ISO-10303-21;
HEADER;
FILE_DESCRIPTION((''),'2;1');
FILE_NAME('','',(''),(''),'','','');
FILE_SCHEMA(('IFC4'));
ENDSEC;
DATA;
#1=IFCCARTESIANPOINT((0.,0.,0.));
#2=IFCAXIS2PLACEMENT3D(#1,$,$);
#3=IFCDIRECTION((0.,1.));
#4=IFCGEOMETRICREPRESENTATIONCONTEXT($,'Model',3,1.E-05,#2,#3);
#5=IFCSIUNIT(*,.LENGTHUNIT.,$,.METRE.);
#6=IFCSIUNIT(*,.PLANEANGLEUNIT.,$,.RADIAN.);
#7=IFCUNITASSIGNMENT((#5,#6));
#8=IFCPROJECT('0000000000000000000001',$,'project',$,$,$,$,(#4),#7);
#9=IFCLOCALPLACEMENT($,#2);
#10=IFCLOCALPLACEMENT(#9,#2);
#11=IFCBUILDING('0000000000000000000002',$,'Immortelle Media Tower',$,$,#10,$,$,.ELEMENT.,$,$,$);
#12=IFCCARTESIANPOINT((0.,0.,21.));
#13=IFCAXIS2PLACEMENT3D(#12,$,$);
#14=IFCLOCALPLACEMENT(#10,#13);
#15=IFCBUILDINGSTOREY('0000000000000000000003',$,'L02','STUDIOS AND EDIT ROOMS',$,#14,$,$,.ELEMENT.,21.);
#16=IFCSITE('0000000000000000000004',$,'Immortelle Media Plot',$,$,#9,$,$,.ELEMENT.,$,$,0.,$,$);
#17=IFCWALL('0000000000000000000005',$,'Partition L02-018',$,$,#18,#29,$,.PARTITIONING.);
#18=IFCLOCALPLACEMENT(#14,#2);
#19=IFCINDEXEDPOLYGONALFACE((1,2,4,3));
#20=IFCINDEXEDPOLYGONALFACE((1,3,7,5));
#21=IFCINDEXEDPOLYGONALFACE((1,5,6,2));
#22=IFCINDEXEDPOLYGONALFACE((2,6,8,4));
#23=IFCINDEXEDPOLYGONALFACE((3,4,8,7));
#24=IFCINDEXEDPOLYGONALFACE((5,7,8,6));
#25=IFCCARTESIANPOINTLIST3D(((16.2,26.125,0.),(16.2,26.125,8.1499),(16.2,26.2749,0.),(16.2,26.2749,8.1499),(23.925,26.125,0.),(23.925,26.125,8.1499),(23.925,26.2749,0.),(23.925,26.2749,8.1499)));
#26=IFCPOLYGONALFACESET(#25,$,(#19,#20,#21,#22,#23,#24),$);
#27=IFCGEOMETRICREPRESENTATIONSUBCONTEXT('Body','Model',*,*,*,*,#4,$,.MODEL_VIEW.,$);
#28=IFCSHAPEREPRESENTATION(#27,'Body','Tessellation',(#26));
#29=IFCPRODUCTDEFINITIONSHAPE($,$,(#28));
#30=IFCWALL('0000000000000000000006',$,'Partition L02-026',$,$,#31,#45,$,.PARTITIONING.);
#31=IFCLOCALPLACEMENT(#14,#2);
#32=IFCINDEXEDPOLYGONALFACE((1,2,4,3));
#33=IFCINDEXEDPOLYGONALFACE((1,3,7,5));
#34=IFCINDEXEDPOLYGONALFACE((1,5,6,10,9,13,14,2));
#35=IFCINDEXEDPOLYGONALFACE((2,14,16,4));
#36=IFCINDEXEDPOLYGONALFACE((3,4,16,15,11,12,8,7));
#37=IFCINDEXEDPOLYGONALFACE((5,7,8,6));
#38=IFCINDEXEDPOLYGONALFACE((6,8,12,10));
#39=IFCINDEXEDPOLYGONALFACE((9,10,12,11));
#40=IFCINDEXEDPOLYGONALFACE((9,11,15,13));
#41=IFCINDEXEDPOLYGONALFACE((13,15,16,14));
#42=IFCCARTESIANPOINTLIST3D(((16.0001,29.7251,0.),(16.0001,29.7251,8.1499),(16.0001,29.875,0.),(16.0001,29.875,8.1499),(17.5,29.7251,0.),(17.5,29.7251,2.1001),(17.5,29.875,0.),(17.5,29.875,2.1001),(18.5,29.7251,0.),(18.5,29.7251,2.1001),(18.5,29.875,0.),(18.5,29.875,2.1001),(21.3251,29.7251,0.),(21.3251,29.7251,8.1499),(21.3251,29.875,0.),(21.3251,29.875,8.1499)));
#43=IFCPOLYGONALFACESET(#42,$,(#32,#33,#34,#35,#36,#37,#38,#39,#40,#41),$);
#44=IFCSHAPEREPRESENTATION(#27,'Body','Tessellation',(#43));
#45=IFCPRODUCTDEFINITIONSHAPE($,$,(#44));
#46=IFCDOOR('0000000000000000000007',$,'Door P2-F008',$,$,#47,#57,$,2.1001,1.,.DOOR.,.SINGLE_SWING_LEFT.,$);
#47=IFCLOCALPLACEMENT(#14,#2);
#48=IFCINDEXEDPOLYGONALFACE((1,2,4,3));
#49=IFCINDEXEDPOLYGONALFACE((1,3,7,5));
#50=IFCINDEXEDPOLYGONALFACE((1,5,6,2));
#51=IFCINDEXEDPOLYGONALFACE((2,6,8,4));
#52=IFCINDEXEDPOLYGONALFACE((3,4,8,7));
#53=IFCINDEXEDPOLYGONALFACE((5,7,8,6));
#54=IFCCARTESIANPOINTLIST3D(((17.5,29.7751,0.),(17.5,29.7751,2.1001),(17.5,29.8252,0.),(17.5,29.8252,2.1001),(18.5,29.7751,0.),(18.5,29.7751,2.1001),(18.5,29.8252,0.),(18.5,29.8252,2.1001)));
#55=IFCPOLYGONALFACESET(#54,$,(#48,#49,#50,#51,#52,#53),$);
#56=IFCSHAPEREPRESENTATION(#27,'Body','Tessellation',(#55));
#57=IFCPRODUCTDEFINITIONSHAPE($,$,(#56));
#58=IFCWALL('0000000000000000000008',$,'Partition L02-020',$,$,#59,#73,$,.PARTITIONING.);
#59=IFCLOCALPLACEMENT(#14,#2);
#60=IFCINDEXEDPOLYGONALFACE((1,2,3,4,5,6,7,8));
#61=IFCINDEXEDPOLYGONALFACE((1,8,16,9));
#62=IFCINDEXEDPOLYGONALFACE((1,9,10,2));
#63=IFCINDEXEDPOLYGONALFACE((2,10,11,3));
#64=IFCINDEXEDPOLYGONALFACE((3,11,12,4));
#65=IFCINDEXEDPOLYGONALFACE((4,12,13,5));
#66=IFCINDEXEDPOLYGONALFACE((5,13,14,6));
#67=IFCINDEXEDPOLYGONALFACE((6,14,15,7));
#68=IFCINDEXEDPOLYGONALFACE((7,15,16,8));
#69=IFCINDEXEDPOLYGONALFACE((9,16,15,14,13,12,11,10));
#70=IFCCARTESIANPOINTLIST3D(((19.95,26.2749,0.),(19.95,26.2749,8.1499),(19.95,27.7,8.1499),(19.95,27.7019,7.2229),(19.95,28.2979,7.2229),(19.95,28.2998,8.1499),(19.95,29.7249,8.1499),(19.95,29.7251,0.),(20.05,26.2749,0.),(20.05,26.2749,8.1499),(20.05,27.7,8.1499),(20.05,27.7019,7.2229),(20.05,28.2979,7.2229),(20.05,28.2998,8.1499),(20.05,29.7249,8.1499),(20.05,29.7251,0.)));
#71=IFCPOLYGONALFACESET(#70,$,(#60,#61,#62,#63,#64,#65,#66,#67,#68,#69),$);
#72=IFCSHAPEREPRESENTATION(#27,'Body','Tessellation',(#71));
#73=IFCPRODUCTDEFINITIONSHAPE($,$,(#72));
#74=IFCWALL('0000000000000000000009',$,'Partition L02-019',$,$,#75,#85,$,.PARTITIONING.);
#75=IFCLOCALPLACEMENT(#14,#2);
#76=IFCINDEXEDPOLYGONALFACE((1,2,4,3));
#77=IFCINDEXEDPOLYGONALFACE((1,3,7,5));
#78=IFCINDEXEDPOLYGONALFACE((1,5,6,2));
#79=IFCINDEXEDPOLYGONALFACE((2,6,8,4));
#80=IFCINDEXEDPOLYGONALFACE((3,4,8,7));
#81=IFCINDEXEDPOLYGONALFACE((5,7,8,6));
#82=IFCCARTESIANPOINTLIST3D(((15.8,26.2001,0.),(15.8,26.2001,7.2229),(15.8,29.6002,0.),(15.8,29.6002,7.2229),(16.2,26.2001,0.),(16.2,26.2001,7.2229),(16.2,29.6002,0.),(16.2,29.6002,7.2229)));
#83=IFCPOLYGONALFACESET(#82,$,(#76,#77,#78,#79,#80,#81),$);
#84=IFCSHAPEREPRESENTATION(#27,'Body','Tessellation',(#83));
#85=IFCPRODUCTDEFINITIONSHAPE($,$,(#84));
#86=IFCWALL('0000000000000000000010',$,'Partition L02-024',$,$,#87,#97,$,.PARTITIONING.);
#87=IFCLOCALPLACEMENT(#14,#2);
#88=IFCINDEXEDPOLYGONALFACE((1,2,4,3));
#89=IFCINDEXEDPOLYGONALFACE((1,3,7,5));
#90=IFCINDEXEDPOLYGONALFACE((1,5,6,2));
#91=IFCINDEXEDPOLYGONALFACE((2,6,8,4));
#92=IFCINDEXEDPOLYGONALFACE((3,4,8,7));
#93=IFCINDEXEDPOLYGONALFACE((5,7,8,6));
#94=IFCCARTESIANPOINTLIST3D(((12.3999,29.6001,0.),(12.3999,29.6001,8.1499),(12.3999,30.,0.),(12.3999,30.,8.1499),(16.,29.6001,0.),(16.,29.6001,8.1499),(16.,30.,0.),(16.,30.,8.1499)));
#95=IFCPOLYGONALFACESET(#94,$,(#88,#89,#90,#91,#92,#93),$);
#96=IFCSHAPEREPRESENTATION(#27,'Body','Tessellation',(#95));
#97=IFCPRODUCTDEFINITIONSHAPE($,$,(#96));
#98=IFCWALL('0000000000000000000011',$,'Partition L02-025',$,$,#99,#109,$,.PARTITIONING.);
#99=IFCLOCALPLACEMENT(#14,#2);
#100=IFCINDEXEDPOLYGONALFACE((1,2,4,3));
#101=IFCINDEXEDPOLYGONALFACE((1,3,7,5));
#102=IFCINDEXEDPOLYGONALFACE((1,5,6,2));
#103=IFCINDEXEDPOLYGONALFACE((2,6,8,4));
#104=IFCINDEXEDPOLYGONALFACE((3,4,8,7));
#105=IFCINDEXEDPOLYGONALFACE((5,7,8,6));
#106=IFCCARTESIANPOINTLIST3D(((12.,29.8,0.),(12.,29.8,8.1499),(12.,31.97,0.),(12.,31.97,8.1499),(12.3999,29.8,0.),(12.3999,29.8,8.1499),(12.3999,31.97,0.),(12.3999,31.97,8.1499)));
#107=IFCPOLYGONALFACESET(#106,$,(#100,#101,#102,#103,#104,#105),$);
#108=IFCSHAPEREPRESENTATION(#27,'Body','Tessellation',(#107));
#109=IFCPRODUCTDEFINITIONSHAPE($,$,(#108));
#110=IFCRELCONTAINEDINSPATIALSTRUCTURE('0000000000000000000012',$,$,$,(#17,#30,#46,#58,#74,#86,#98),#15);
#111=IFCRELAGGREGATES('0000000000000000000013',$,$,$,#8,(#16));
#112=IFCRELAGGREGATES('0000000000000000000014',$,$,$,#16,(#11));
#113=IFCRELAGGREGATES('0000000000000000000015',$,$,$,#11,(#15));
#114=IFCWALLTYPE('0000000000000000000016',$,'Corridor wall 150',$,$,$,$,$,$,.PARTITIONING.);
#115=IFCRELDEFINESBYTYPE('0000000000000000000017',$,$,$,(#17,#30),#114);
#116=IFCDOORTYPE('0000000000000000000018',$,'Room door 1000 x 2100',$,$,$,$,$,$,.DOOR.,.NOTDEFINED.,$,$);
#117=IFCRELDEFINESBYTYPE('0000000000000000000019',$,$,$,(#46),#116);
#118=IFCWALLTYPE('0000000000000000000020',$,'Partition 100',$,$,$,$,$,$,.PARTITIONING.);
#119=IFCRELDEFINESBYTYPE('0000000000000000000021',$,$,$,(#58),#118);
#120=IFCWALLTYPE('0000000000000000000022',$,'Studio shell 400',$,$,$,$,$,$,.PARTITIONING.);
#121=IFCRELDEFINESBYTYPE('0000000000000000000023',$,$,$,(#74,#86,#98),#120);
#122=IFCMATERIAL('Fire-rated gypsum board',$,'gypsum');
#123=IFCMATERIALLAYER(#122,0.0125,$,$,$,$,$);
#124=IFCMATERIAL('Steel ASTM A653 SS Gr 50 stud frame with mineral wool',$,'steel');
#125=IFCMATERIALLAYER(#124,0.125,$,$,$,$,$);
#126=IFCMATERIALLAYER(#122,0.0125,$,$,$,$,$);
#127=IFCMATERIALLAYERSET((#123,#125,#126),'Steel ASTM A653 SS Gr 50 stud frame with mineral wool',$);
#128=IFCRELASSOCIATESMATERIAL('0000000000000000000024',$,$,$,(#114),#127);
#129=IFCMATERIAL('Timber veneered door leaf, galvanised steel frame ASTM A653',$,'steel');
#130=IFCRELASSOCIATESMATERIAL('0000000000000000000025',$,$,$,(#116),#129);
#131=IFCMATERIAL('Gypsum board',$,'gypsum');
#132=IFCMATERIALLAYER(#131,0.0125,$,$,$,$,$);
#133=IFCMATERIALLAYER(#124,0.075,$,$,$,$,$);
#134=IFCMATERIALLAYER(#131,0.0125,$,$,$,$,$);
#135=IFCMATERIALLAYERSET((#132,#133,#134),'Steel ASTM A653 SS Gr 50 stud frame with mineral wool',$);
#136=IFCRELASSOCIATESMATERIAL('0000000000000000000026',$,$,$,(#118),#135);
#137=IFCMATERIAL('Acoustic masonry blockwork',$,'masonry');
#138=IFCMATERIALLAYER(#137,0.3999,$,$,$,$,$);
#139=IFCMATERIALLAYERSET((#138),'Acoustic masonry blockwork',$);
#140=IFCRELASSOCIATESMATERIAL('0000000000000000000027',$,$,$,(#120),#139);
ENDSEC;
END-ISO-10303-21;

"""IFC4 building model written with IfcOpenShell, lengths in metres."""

from ifc_helpers import new_model, si_unit, direction, frame, frame_2d, origin, place, context, subcontext, project, spatial, polyline, rectangle, outline, extrude, material, layer, layer_set, type_object, element, fill, save


model = new_model("IFC4")

# Units and contexts
model_context = context("Model", 3, precision=1e-05, world=origin(), true_north=direction((0.0, 1.0)))
body_context = subcontext(model_context, "Body", "Model", "MODEL_VIEW")
ifc_project = project(units=[si_unit("LENGTHUNIT", "METRE"), si_unit("PLANEANGLEUNIT", "RADIAN")], contexts=[model_context])

# Site, building, storey
site_placement = place(None, origin())
site = spatial("IfcSite", under=ifc_project, at=site_placement, Name="Immortelle Media Plot", CompositionType="ELEMENT", RefElevation=0.0)
building_placement = place(site_placement, origin())
building = spatial("IfcBuilding", under=site, at=building_placement, Name="Immortelle Media Tower", CompositionType="ELEMENT")
storey_placement = place(building_placement, frame((0.0, 0.0, 21.0)))
storey = spatial("IfcBuildingStorey", under=building, at=storey_placement, Name="L02", Description="STUDIOS AND EDIT ROOMS", CompositionType="ELEMENT", Elevation=21.0)

# Wall
ifc_material_1 = material(Name="Fire-rated gypsum board", Category="gypsum")
ifc_layer_1 = layer(ifc_material_1, 0.0125)
ifc_material_2 = material(Name="Steel ASTM A653 SS Gr 50 stud frame with mineral wool", Category="steel")
ifc_layer_2 = layer(ifc_material_2, 0.125)
ifc_layer_3 = layer(ifc_material_1, 0.0125)
ifc_layer_set_1 = layer_set([ifc_layer_1, ifc_layer_2, ifc_layer_3], Name="Steel ASTM A653 SS Gr 50 stud frame with mineral wool")
wall_type_1 = type_object("IfcWallType", Name="Corridor wall 150", PredefinedType="PARTITIONING", material=ifc_layer_set_1)
wall_1_placement = place(storey_placement, frame((16.2, 26.2, 0.0), z_axis=(0.0, 0.0, 1.0), x_axis=(1.0, 0.0, 0.0)))
element("IfcWall", 1, at=wall_1_placement, inside=storey, type_object=wall_type_1, Name="Partition L02-018", PredefinedType="PARTITIONING", context=body_context, shape_type="SweptSolid", body=[
    extrude(rectangle(XDim=7.7251, YDim=0.1499, at=frame_2d((3.8625, 0.0))), origin(), (0.0, 0.0, 1.0), 8.1499),
])

# Wall, opening, door
wall_2_placement = place(storey_placement, frame((16.0, 29.8, 0.0), z_axis=(0.0, 0.0, 1.0), x_axis=(1.0, 0.0, 0.0)))
wall_2 = element("IfcWall", 2, at=wall_2_placement, inside=storey, type_object=wall_type_1, Name="Partition L02-026", PredefinedType="PARTITIONING", context=body_context, shape_type="SweptSolid", body=[
    extrude(rectangle(XDim=5.325, YDim=0.1499, at=frame_2d((2.6626, 0.0))), origin(), (0.0, 0.0, 1.0), 8.1499),
])
opening_placement = place(wall_2_placement, frame((2.5, 0.0, 0.0), z_axis=(0.0, 0.0, 1.0), x_axis=(-1.0, 0.0, 0.0)))
opening = element("IfcOpeningElement", 3, at=opening_placement, cuts=wall_2, PredefinedType="OPENING", context=body_context, shape_type="SweptSolid", body=[
    extrude(rectangle(XDim=1.0, YDim=2.1001, at=frame_2d((0.5, 1.05))), frame((0.0, 0.085, 0.0), z_axis=(0.0, -1.0, 0.0), x_axis=(1.0, 0.0, 0.0)), (0.0, 0.0, 1.0), 0.1699),
])
ifc_material_3 = material(Name="Timber veneered door leaf, galvanised steel frame ASTM A653", Category="steel")
door_type = type_object("IfcDoorType", Name="Room door 1000 x 2100", OperationType="NOTDEFINED", PredefinedType="DOOR", material=ifc_material_3)
door_placement = place(opening_placement, origin())
door = element("IfcDoor", 4, at=door_placement, inside=storey, type_object=door_type, Name="Door P2-F008", OperationType="SINGLE_SWING_LEFT", OverallHeight=2.1001, OverallWidth=1.0, PredefinedType="DOOR", context=body_context, shape_type="SweptSolid", body=[
    extrude(rectangle(XDim=1.0, YDim=2.1001, at=frame_2d((0.5, 1.05))), frame((0.0, 0.0249, 0.0), z_axis=(0.0, -1.0, 0.0), x_axis=(1.0, 0.0, 0.0)), (0.0, 0.0, 1.0), 0.05),
])
fill(opening, door)

# Walls
ifc_material_4 = material(Name="Gypsum board", Category="gypsum")
ifc_layer_4 = layer(ifc_material_4, 0.0125)
ifc_layer_5 = layer(ifc_material_2, 0.075)
ifc_layer_6 = layer(ifc_material_4, 0.0125)
ifc_layer_set_2 = layer_set([ifc_layer_4, ifc_layer_5, ifc_layer_6], Name="Steel ASTM A653 SS Gr 50 stud frame with mineral wool")
wall_type_2 = type_object("IfcWallType", Name="Partition 100", PredefinedType="PARTITIONING", material=ifc_layer_set_2)
wall_3_placement = place(storey_placement, frame((20.0, 26.2749, 0.0), z_axis=(0.0, 0.0, 1.0), x_axis=(0.0, 1.0, 0.0)))
element("IfcWall", 5, at=wall_3_placement, inside=storey, type_object=wall_type_2, Name="Partition L02-020", PredefinedType="PARTITIONING", context=body_context, shape_type="SweptSolid", body=[
    extrude(outline(polyline([(0.0, 0.0), (3.4502, 0.0), (3.45, 8.1499), (2.0249, 8.1499), (2.0229, 7.2229), (1.427, 7.2229), (1.425, 8.1499), (0.0, 8.1499), (0.0, 0.0)])), frame((0.0, 0.05, 0.0), z_axis=(0.0, -1.0, 0.0), x_axis=(1.0, 0.0, 0.0)), (0.0, 0.0, 1.0), 0.1001),
])
ifc_material_5 = material(Name="Acoustic masonry blockwork", Category="masonry")
ifc_layer_7 = layer(ifc_material_5, 0.3999)
ifc_layer_set_3 = layer_set([ifc_layer_7], Name="Acoustic masonry blockwork")
wall_type_3 = type_object("IfcWallType", Name="Studio shell 400", PredefinedType="PARTITIONING", material=ifc_layer_set_3)
wall_4_placement = place(storey_placement, frame((16.0, 26.2, 0.0), z_axis=(0.0, 0.0, 1.0), x_axis=(0.0, 1.0, 0.0)))
element("IfcWall", 6, at=wall_4_placement, inside=storey, type_object=wall_type_3, Name="Partition L02-019", PredefinedType="PARTITIONING", context=body_context, shape_type="SweptSolid", body=[
    extrude(rectangle(XDim=3.4001, YDim=0.3999, at=frame_2d((1.7002, 0.0))), origin(), (0.0, 0.0, 1.0), 7.2229),
])
wall_5_placement = place(storey_placement, frame((12.3999, 29.8, 0.0), z_axis=(0.0, 0.0, 1.0), x_axis=(1.0, 0.0, 0.0)))
element("IfcWall", 7, at=wall_5_placement, inside=storey, type_object=wall_type_3, Name="Partition L02-024", PredefinedType="PARTITIONING", context=body_context, shape_type="SweptSolid", body=[
    extrude(rectangle(XDim=3.6001, YDim=0.3999, at=frame_2d((1.8, 0.0))), origin(), (0.0, 0.0, 1.0), 8.1499),
])
wall_6_placement = place(storey_placement, frame((12.2, 29.8, 0.0), z_axis=(0.0, 0.0, 1.0), x_axis=(0.0, 1.0, 0.0)))
element("IfcWall", 8, at=wall_6_placement, inside=storey, type_object=wall_type_3, Name="Partition L02-025", PredefinedType="PARTITIONING", context=body_context, shape_type="SweptSolid", body=[
    extrude(rectangle(XDim=2.1699, YDim=0.3999, at=frame_2d((1.085, 0.0))), origin(), (0.0, 0.0, 1.0), 8.1499),
])

save(model, "model.ifc")
